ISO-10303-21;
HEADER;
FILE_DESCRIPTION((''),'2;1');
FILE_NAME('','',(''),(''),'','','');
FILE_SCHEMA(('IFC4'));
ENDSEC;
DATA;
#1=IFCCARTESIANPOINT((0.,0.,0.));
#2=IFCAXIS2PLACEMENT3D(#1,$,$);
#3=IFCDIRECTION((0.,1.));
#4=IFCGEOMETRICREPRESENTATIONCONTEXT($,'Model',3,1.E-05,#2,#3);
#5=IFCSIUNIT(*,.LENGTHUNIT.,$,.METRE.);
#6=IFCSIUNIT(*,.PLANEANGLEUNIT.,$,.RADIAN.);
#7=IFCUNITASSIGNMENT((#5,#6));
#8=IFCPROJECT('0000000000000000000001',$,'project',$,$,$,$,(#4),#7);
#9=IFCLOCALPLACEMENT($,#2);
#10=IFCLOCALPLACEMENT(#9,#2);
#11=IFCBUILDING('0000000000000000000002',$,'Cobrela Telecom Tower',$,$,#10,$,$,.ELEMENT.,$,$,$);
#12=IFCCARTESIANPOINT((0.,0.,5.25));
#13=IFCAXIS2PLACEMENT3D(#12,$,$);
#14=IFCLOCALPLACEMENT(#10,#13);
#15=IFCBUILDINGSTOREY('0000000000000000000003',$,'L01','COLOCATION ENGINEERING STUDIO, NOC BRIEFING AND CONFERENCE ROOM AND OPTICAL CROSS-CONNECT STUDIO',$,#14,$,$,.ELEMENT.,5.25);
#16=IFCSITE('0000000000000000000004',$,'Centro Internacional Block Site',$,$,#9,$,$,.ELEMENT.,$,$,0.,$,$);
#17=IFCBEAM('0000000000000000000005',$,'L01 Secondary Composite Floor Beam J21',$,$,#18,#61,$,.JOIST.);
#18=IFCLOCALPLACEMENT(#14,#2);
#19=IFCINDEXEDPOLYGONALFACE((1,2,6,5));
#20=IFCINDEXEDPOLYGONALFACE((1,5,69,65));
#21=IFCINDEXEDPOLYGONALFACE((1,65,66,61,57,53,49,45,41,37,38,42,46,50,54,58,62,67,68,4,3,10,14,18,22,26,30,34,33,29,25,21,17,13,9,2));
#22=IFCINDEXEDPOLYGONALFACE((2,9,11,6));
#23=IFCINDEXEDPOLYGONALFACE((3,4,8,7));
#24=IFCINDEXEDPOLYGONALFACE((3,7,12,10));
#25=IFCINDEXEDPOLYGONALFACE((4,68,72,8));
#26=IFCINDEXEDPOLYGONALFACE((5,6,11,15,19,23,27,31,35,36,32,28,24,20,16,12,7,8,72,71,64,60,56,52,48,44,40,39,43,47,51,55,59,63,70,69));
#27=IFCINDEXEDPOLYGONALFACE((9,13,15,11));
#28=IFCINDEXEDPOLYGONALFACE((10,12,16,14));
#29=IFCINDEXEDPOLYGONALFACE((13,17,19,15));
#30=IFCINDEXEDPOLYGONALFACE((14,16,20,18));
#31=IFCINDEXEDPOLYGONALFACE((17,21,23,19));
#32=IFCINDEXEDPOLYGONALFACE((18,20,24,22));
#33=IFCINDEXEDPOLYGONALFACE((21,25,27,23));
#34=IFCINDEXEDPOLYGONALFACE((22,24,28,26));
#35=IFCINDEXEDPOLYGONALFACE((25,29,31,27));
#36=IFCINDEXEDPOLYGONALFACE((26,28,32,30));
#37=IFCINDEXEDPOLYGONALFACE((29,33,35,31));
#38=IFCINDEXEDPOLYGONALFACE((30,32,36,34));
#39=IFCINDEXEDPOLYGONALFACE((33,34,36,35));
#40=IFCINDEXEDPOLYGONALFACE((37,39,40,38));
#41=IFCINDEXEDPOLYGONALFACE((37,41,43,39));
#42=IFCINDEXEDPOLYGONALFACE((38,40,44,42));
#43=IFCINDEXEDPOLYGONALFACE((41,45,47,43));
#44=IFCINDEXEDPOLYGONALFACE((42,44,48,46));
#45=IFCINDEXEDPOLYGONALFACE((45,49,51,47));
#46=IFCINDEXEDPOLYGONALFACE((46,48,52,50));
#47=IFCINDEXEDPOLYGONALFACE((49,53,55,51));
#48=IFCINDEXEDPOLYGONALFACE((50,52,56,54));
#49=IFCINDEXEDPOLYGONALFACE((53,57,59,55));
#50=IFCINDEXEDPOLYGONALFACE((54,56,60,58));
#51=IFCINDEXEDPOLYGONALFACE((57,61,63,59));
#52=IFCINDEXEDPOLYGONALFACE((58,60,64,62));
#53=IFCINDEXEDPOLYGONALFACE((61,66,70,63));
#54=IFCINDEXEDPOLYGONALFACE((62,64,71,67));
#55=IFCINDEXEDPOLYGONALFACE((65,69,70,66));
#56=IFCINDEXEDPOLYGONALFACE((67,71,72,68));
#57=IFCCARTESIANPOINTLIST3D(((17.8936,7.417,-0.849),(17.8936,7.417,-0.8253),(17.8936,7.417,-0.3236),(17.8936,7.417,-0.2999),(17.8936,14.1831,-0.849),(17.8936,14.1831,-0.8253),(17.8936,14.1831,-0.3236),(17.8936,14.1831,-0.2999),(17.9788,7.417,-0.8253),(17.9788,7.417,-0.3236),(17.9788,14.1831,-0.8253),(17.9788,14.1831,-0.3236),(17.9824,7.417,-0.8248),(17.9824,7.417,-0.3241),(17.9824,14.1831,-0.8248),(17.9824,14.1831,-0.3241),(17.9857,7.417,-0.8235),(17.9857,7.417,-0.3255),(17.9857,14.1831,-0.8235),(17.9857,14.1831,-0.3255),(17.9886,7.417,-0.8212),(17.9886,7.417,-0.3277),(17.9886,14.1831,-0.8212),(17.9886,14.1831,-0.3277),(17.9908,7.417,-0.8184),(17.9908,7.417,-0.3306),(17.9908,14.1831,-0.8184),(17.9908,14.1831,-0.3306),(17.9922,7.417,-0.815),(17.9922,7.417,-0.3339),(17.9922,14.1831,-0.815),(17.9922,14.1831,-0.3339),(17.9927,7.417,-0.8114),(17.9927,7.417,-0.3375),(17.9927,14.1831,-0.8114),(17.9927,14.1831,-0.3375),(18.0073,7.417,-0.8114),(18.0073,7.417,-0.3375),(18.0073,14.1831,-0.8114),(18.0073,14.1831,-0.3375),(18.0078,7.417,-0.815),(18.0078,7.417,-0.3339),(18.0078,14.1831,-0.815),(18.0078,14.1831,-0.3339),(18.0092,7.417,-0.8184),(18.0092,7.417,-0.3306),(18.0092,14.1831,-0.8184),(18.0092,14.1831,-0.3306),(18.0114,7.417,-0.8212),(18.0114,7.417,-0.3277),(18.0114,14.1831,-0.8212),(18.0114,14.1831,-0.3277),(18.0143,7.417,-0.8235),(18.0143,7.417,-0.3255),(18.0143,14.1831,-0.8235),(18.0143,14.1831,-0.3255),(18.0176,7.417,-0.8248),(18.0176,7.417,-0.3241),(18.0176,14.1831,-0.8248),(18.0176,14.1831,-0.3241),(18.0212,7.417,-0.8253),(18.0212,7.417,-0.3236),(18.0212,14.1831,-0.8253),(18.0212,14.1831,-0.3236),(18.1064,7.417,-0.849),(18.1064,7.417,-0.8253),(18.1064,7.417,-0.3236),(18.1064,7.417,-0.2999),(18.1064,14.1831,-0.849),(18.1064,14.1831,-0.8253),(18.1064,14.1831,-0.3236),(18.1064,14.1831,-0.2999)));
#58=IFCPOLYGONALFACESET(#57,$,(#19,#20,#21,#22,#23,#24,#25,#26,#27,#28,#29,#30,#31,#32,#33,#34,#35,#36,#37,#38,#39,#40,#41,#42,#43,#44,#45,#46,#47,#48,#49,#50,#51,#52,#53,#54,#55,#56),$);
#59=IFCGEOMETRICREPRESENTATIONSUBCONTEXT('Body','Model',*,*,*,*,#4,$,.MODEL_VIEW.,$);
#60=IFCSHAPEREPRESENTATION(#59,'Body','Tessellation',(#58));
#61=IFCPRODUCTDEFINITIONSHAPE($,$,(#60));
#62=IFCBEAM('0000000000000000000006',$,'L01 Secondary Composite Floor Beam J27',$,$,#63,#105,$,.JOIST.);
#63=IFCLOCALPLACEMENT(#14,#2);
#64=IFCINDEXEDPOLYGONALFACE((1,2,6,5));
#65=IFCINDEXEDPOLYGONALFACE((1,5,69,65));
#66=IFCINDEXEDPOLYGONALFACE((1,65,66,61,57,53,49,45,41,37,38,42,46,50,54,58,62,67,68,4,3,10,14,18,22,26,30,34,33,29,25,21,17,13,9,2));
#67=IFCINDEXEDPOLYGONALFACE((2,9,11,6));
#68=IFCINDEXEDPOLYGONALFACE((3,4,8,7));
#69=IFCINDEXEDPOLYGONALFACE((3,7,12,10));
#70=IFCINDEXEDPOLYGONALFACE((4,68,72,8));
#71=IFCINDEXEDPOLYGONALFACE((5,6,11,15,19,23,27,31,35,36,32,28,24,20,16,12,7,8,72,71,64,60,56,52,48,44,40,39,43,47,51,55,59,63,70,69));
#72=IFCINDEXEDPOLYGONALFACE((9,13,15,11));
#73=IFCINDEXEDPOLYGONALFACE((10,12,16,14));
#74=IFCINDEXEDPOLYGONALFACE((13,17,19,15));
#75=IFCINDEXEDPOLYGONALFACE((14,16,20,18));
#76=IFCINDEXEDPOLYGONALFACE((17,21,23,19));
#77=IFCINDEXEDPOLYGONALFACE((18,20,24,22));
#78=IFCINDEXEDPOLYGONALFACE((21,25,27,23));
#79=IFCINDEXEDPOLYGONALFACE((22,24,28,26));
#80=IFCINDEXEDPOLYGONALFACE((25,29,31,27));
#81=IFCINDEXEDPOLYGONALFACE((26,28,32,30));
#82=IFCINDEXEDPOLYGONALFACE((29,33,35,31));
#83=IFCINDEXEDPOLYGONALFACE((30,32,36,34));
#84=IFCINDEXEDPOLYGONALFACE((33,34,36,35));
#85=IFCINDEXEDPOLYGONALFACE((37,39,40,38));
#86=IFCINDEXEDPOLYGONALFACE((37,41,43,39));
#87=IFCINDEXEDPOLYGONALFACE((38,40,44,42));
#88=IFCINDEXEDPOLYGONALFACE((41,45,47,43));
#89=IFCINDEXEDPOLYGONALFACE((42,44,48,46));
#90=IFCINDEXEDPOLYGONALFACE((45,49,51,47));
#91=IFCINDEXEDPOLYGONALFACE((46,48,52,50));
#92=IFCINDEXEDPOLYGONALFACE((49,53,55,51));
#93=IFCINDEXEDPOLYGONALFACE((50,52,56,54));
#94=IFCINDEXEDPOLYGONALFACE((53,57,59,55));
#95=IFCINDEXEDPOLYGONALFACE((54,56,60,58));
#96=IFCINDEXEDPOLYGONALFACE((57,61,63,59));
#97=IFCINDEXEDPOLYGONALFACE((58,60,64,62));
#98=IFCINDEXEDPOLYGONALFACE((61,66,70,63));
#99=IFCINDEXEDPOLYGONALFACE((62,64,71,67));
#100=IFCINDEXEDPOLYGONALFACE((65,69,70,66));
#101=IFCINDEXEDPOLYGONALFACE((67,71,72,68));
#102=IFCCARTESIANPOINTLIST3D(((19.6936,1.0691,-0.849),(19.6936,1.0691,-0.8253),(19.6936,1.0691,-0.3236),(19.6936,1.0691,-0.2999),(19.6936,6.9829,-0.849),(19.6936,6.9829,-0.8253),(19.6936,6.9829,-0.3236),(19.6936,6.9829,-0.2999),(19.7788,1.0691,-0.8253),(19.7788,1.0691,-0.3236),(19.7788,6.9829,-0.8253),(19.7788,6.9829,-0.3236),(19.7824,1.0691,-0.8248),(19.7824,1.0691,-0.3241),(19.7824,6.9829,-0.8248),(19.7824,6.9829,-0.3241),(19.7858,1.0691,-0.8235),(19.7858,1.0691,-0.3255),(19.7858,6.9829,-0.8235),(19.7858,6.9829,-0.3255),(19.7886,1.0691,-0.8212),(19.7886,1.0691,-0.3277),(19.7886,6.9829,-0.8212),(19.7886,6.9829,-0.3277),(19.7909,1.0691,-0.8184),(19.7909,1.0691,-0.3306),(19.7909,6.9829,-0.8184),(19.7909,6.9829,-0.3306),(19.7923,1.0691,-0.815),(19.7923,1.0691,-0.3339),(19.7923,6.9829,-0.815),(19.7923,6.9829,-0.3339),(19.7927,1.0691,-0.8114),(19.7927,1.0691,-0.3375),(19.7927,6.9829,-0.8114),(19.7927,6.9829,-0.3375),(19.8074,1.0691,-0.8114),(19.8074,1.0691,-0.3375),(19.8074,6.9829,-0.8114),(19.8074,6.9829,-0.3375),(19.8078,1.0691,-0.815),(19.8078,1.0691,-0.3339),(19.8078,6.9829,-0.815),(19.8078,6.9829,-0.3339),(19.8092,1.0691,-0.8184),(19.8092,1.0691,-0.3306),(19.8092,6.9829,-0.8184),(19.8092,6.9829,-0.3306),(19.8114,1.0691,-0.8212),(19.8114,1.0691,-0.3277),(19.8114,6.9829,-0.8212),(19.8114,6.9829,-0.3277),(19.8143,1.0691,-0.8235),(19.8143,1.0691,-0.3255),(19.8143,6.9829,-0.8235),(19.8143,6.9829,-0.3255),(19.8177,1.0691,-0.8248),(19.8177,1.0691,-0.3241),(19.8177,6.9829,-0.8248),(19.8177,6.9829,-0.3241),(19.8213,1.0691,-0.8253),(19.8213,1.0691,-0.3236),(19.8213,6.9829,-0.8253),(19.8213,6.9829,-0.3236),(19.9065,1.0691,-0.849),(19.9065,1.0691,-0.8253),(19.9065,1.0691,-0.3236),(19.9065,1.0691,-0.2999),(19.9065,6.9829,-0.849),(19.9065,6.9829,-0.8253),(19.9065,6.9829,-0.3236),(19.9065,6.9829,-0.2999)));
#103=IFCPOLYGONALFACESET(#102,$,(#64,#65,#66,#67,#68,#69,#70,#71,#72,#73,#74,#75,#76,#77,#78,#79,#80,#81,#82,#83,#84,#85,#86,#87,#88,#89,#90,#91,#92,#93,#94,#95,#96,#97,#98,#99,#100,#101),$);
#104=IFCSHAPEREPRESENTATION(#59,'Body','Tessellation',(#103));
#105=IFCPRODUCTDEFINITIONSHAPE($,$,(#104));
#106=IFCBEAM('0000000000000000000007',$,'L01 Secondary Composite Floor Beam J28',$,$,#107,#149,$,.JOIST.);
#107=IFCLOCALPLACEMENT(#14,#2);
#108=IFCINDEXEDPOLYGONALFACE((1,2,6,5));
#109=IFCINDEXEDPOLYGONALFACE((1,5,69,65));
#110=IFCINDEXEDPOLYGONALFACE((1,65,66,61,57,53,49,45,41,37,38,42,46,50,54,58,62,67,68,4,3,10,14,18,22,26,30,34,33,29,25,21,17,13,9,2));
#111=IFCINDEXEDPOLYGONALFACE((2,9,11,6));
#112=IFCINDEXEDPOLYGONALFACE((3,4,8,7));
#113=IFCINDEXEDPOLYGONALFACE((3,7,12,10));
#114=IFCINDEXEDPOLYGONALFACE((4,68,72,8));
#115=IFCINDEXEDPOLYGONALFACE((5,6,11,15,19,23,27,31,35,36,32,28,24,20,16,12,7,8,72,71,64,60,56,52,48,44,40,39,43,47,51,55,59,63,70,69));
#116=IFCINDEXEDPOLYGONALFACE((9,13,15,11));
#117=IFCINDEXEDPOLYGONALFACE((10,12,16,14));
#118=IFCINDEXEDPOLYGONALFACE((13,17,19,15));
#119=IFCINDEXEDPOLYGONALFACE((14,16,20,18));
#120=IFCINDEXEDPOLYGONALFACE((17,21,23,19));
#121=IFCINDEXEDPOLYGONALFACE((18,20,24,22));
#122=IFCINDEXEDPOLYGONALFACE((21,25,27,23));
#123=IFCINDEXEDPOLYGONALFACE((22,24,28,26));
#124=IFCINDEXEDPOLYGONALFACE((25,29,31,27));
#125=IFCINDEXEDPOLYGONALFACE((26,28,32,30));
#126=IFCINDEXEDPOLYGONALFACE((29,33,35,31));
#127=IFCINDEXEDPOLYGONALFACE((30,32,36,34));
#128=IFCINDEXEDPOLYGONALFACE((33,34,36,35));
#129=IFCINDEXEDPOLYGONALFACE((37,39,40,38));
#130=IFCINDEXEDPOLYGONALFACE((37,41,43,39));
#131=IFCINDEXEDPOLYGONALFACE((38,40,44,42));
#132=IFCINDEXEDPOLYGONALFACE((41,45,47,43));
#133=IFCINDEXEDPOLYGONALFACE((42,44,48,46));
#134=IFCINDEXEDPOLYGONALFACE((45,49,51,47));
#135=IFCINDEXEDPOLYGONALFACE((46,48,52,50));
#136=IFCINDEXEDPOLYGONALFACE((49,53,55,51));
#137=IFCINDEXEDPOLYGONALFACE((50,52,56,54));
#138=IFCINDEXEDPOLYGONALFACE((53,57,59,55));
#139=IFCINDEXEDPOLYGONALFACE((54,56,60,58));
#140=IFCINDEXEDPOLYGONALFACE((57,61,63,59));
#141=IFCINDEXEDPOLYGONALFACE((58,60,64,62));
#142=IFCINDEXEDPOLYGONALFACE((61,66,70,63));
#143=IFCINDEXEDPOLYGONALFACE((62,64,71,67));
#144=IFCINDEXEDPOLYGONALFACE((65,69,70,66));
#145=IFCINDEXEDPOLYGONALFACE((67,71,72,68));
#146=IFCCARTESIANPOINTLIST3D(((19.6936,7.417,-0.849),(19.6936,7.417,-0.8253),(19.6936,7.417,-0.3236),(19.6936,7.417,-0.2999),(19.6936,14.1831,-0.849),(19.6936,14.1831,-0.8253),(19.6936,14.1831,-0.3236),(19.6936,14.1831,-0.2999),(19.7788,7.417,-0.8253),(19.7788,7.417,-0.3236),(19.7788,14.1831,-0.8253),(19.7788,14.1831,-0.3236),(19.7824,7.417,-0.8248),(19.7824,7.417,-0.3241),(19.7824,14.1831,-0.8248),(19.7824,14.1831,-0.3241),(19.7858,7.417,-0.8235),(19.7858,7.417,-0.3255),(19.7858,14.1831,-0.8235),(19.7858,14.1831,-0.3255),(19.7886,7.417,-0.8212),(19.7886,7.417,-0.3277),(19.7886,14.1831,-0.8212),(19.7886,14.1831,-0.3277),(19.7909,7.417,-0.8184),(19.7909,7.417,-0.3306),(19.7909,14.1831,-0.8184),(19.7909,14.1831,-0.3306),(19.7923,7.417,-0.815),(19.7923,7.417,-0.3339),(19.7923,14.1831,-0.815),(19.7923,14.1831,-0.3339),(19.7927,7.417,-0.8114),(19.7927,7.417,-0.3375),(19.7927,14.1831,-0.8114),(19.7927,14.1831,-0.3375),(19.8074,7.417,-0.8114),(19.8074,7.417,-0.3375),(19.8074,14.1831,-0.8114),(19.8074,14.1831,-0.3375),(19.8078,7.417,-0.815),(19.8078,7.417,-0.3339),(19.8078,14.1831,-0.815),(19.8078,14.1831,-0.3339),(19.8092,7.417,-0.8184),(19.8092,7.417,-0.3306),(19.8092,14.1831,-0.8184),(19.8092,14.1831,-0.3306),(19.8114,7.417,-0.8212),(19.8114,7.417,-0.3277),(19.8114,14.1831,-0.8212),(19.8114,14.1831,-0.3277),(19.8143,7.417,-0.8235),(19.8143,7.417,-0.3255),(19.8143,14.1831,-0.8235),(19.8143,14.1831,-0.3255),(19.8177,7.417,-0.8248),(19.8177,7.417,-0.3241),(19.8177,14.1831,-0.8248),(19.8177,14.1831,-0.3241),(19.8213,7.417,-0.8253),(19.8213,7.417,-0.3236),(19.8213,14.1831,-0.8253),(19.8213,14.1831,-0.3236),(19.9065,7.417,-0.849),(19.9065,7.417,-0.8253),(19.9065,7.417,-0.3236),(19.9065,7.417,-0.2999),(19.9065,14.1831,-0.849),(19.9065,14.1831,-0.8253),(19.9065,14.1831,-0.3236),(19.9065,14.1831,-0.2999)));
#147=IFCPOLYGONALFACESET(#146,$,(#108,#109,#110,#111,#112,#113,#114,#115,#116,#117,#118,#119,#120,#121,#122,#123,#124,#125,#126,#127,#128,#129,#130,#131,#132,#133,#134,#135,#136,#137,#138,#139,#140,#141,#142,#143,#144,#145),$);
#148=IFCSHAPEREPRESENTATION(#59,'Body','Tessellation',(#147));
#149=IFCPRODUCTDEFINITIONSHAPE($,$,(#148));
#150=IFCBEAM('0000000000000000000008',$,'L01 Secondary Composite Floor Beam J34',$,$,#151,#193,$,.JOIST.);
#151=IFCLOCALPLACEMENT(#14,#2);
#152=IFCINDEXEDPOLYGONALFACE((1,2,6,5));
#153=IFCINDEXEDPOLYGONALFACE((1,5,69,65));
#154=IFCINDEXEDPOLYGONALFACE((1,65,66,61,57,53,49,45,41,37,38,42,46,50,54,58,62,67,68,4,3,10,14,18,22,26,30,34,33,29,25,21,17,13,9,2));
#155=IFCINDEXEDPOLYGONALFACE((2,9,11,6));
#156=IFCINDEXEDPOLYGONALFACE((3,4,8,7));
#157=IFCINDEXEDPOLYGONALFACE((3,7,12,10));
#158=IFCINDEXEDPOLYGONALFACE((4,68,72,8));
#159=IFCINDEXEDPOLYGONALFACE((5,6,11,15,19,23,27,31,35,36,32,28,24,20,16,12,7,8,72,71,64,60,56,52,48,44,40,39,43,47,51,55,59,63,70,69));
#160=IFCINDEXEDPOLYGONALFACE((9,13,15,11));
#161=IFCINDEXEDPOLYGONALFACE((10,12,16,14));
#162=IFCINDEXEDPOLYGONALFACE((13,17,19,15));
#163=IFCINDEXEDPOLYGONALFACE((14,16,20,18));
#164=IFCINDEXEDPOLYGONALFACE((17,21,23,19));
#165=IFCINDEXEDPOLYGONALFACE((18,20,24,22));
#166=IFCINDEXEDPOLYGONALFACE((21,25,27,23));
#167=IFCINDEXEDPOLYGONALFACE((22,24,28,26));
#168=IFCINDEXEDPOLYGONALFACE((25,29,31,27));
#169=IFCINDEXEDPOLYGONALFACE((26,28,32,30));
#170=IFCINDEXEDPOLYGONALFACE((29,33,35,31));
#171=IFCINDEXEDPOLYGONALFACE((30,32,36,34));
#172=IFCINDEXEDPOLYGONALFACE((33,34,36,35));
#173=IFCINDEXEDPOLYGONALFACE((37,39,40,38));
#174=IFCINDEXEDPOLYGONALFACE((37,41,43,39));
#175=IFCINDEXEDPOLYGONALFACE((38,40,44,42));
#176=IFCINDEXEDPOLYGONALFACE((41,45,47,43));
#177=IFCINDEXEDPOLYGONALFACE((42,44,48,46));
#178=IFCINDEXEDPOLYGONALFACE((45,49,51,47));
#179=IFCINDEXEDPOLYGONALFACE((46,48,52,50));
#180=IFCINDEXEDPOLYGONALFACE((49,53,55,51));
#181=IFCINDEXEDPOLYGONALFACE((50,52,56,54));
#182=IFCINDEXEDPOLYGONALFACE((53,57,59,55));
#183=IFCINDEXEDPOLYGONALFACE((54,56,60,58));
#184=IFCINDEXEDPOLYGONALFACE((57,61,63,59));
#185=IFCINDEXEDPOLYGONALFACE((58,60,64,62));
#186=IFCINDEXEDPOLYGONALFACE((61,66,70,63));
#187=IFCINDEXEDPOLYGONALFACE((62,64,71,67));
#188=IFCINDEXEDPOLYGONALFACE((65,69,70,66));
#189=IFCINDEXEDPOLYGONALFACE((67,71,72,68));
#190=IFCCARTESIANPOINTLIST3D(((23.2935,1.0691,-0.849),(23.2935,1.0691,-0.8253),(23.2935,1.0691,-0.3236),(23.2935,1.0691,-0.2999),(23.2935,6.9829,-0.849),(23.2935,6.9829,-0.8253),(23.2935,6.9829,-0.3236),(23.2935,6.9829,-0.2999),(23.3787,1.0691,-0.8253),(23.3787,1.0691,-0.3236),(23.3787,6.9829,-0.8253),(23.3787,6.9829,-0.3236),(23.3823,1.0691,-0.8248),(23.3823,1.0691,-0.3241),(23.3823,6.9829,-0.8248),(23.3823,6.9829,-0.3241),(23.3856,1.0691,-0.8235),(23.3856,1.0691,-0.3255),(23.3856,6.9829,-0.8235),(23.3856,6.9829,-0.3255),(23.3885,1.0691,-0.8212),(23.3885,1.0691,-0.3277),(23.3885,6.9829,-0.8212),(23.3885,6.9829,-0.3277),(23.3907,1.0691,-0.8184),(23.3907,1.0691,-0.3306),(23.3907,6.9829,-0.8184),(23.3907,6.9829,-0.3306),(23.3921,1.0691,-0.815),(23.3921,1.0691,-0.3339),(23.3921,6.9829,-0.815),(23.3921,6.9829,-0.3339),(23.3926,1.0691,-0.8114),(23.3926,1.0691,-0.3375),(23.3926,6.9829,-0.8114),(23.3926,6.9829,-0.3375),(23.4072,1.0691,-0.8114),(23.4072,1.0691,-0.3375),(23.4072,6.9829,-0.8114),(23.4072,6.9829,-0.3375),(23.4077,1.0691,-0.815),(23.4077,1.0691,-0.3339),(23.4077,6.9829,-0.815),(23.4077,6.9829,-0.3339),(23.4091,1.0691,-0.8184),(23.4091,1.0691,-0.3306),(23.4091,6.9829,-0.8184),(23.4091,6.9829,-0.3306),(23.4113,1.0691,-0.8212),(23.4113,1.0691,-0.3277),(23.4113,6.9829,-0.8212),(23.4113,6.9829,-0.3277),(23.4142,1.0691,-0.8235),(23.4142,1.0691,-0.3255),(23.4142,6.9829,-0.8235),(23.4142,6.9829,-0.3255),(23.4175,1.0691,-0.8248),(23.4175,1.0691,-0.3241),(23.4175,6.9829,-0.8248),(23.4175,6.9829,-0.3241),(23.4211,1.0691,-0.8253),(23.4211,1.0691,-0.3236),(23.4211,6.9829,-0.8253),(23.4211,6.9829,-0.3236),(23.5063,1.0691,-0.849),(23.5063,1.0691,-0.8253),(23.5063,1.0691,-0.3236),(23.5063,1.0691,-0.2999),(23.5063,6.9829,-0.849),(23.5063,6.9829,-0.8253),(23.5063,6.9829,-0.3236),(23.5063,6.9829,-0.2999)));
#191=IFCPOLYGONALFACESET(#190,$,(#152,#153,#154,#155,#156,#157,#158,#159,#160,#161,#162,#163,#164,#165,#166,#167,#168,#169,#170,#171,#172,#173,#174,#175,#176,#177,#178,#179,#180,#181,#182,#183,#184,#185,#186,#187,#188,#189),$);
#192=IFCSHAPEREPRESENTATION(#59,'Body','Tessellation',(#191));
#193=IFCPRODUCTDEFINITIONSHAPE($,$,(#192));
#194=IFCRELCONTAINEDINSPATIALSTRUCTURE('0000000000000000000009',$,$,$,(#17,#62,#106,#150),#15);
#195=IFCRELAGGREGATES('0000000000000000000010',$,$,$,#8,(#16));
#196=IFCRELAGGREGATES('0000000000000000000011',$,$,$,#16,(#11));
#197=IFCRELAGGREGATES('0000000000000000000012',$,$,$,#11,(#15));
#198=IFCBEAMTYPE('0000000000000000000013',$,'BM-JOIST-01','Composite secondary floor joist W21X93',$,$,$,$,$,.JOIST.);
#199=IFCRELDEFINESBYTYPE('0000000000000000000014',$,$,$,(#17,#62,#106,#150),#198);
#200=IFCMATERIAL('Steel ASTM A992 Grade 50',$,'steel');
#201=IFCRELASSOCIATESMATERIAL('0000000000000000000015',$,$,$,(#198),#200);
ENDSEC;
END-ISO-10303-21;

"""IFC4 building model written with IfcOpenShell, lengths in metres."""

from ifc_helpers import new_model, si_unit, direction, frame, origin, origin_2d, place, context, subcontext, project, spatial, i_section, extrude, material, material_profile, profile_set, type_object, element, save


model = new_model("IFC4")

# Units and contexts
model_context = context("Model", 3, precision=1e-05, world=origin(), true_north=direction((0.0, 1.0)))
body_context = subcontext(model_context, "Body", "Model", "MODEL_VIEW")
ifc_project = project(units=[si_unit("LENGTHUNIT", "METRE"), si_unit("PLANEANGLEUNIT", "RADIAN")], contexts=[model_context])

# Site, building, storey
site_placement = place(None, origin())
site = spatial("IfcSite", under=ifc_project, at=site_placement, Name="Centro Internacional Block Site", CompositionType="ELEMENT", RefElevation=0.0)
building_placement = place(site_placement, origin())
building = spatial("IfcBuilding", under=site, at=building_placement, Name="Cobrela Telecom Tower", CompositionType="ELEMENT")
storey_placement = place(building_placement, frame((0.0, 0.0, 5.25)))
storey = spatial("IfcBuildingStorey", under=building, at=storey_placement, Name="L01", Description="COLOCATION ENGINEERING STUDIO, NOC BRIEFING AND CONFERENCE ROOM AND OPTICAL CROSS-CONNECT STUDIO", CompositionType="ELEMENT", Elevation=5.25)

# Beams
ifc_material_1 = material(Name="Steel ASTM A992 Grade 50", Category="steel")
ifc_material_profile_1 = material_profile(ifc_material_1, i_section(OverallWidth=0.2129, OverallDepth=0.5491, WebThickness=0.0146, FlangeThickness=0.0237, FilletRadius=0.0139, at=origin_2d()), Name="W21X93")
ifc_profile_set_1 = profile_set([ifc_material_profile_1], Name="Steel ASTM A992 Grade 50")
beam_type_1 = type_object("IfcBeamType", Name="BM-JOIST-01", Description="Composite secondary floor joist W21X93", PredefinedType="JOIST", material=ifc_profile_set_1)
beam_1_placement = place(storey_placement, frame((18.0, 7.417, -0.5745), z_axis=(0.0, 1.0, 0.0), x_axis=(-1.0, 0.0, 0.0)))
element("IfcBeam", 1, at=beam_1_placement, inside=storey, type_object=beam_type_1, Name="L01 Secondary Composite Floor Beam J21", PredefinedType="JOIST", context=body_context, shape_type="SweptSolid", body=[
    extrude(i_section(OverallWidth=0.2129, OverallDepth=0.5491, WebThickness=0.0146, FlangeThickness=0.0237, FilletRadius=0.0139, at=origin_2d()), origin(), (0.0, 0.0, 1.0), 6.7661),
])
beam_2_placement = place(storey_placement, frame((19.8, 1.0691, -0.5745), z_axis=(0.0, 1.0, 0.0), x_axis=(-1.0, 0.0, 0.0)))
element("IfcBeam", 2, at=beam_2_placement, inside=storey, type_object=beam_type_1, Name="L01 Secondary Composite Floor Beam J27", PredefinedType="JOIST", context=body_context, shape_type="SweptSolid", body=[
    extrude(i_section(OverallWidth=0.2129, OverallDepth=0.5491, WebThickness=0.0146, FlangeThickness=0.0237, FilletRadius=0.0139, at=origin_2d()), origin(), (0.0, 0.0, 1.0), 5.9138),
])
beam_3_placement = place(storey_placement, frame((19.8, 7.417, -0.5745), z_axis=(0.0, 1.0, 0.0), x_axis=(-1.0, 0.0, 0.0)))
element("IfcBeam", 3, at=beam_3_placement, inside=storey, type_object=beam_type_1, Name="L01 Secondary Composite Floor Beam J28", PredefinedType="JOIST", context=body_context, shape_type="SweptSolid", body=[
    extrude(i_section(OverallWidth=0.2129, OverallDepth=0.5491, WebThickness=0.0146, FlangeThickness=0.0237, FilletRadius=0.0139, at=origin_2d()), origin(), (0.0, 0.0, 1.0), 6.7661),
])
beam_4_placement = place(storey_placement, frame((23.3999, 1.0691, -0.5745), z_axis=(0.0, 1.0, 0.0), x_axis=(-1.0, 0.0, 0.0)))
element("IfcBeam", 4, at=beam_4_placement, inside=storey, type_object=beam_type_1, Name="L01 Secondary Composite Floor Beam J34", PredefinedType="JOIST", context=body_context, shape_type="SweptSolid", body=[
    extrude(i_section(OverallWidth=0.2129, OverallDepth=0.5491, WebThickness=0.0146, FlangeThickness=0.0237, FilletRadius=0.0139, at=origin_2d()), origin(), (0.0, 0.0, 1.0), 5.9138),
])

save(model, "model.ifc")
